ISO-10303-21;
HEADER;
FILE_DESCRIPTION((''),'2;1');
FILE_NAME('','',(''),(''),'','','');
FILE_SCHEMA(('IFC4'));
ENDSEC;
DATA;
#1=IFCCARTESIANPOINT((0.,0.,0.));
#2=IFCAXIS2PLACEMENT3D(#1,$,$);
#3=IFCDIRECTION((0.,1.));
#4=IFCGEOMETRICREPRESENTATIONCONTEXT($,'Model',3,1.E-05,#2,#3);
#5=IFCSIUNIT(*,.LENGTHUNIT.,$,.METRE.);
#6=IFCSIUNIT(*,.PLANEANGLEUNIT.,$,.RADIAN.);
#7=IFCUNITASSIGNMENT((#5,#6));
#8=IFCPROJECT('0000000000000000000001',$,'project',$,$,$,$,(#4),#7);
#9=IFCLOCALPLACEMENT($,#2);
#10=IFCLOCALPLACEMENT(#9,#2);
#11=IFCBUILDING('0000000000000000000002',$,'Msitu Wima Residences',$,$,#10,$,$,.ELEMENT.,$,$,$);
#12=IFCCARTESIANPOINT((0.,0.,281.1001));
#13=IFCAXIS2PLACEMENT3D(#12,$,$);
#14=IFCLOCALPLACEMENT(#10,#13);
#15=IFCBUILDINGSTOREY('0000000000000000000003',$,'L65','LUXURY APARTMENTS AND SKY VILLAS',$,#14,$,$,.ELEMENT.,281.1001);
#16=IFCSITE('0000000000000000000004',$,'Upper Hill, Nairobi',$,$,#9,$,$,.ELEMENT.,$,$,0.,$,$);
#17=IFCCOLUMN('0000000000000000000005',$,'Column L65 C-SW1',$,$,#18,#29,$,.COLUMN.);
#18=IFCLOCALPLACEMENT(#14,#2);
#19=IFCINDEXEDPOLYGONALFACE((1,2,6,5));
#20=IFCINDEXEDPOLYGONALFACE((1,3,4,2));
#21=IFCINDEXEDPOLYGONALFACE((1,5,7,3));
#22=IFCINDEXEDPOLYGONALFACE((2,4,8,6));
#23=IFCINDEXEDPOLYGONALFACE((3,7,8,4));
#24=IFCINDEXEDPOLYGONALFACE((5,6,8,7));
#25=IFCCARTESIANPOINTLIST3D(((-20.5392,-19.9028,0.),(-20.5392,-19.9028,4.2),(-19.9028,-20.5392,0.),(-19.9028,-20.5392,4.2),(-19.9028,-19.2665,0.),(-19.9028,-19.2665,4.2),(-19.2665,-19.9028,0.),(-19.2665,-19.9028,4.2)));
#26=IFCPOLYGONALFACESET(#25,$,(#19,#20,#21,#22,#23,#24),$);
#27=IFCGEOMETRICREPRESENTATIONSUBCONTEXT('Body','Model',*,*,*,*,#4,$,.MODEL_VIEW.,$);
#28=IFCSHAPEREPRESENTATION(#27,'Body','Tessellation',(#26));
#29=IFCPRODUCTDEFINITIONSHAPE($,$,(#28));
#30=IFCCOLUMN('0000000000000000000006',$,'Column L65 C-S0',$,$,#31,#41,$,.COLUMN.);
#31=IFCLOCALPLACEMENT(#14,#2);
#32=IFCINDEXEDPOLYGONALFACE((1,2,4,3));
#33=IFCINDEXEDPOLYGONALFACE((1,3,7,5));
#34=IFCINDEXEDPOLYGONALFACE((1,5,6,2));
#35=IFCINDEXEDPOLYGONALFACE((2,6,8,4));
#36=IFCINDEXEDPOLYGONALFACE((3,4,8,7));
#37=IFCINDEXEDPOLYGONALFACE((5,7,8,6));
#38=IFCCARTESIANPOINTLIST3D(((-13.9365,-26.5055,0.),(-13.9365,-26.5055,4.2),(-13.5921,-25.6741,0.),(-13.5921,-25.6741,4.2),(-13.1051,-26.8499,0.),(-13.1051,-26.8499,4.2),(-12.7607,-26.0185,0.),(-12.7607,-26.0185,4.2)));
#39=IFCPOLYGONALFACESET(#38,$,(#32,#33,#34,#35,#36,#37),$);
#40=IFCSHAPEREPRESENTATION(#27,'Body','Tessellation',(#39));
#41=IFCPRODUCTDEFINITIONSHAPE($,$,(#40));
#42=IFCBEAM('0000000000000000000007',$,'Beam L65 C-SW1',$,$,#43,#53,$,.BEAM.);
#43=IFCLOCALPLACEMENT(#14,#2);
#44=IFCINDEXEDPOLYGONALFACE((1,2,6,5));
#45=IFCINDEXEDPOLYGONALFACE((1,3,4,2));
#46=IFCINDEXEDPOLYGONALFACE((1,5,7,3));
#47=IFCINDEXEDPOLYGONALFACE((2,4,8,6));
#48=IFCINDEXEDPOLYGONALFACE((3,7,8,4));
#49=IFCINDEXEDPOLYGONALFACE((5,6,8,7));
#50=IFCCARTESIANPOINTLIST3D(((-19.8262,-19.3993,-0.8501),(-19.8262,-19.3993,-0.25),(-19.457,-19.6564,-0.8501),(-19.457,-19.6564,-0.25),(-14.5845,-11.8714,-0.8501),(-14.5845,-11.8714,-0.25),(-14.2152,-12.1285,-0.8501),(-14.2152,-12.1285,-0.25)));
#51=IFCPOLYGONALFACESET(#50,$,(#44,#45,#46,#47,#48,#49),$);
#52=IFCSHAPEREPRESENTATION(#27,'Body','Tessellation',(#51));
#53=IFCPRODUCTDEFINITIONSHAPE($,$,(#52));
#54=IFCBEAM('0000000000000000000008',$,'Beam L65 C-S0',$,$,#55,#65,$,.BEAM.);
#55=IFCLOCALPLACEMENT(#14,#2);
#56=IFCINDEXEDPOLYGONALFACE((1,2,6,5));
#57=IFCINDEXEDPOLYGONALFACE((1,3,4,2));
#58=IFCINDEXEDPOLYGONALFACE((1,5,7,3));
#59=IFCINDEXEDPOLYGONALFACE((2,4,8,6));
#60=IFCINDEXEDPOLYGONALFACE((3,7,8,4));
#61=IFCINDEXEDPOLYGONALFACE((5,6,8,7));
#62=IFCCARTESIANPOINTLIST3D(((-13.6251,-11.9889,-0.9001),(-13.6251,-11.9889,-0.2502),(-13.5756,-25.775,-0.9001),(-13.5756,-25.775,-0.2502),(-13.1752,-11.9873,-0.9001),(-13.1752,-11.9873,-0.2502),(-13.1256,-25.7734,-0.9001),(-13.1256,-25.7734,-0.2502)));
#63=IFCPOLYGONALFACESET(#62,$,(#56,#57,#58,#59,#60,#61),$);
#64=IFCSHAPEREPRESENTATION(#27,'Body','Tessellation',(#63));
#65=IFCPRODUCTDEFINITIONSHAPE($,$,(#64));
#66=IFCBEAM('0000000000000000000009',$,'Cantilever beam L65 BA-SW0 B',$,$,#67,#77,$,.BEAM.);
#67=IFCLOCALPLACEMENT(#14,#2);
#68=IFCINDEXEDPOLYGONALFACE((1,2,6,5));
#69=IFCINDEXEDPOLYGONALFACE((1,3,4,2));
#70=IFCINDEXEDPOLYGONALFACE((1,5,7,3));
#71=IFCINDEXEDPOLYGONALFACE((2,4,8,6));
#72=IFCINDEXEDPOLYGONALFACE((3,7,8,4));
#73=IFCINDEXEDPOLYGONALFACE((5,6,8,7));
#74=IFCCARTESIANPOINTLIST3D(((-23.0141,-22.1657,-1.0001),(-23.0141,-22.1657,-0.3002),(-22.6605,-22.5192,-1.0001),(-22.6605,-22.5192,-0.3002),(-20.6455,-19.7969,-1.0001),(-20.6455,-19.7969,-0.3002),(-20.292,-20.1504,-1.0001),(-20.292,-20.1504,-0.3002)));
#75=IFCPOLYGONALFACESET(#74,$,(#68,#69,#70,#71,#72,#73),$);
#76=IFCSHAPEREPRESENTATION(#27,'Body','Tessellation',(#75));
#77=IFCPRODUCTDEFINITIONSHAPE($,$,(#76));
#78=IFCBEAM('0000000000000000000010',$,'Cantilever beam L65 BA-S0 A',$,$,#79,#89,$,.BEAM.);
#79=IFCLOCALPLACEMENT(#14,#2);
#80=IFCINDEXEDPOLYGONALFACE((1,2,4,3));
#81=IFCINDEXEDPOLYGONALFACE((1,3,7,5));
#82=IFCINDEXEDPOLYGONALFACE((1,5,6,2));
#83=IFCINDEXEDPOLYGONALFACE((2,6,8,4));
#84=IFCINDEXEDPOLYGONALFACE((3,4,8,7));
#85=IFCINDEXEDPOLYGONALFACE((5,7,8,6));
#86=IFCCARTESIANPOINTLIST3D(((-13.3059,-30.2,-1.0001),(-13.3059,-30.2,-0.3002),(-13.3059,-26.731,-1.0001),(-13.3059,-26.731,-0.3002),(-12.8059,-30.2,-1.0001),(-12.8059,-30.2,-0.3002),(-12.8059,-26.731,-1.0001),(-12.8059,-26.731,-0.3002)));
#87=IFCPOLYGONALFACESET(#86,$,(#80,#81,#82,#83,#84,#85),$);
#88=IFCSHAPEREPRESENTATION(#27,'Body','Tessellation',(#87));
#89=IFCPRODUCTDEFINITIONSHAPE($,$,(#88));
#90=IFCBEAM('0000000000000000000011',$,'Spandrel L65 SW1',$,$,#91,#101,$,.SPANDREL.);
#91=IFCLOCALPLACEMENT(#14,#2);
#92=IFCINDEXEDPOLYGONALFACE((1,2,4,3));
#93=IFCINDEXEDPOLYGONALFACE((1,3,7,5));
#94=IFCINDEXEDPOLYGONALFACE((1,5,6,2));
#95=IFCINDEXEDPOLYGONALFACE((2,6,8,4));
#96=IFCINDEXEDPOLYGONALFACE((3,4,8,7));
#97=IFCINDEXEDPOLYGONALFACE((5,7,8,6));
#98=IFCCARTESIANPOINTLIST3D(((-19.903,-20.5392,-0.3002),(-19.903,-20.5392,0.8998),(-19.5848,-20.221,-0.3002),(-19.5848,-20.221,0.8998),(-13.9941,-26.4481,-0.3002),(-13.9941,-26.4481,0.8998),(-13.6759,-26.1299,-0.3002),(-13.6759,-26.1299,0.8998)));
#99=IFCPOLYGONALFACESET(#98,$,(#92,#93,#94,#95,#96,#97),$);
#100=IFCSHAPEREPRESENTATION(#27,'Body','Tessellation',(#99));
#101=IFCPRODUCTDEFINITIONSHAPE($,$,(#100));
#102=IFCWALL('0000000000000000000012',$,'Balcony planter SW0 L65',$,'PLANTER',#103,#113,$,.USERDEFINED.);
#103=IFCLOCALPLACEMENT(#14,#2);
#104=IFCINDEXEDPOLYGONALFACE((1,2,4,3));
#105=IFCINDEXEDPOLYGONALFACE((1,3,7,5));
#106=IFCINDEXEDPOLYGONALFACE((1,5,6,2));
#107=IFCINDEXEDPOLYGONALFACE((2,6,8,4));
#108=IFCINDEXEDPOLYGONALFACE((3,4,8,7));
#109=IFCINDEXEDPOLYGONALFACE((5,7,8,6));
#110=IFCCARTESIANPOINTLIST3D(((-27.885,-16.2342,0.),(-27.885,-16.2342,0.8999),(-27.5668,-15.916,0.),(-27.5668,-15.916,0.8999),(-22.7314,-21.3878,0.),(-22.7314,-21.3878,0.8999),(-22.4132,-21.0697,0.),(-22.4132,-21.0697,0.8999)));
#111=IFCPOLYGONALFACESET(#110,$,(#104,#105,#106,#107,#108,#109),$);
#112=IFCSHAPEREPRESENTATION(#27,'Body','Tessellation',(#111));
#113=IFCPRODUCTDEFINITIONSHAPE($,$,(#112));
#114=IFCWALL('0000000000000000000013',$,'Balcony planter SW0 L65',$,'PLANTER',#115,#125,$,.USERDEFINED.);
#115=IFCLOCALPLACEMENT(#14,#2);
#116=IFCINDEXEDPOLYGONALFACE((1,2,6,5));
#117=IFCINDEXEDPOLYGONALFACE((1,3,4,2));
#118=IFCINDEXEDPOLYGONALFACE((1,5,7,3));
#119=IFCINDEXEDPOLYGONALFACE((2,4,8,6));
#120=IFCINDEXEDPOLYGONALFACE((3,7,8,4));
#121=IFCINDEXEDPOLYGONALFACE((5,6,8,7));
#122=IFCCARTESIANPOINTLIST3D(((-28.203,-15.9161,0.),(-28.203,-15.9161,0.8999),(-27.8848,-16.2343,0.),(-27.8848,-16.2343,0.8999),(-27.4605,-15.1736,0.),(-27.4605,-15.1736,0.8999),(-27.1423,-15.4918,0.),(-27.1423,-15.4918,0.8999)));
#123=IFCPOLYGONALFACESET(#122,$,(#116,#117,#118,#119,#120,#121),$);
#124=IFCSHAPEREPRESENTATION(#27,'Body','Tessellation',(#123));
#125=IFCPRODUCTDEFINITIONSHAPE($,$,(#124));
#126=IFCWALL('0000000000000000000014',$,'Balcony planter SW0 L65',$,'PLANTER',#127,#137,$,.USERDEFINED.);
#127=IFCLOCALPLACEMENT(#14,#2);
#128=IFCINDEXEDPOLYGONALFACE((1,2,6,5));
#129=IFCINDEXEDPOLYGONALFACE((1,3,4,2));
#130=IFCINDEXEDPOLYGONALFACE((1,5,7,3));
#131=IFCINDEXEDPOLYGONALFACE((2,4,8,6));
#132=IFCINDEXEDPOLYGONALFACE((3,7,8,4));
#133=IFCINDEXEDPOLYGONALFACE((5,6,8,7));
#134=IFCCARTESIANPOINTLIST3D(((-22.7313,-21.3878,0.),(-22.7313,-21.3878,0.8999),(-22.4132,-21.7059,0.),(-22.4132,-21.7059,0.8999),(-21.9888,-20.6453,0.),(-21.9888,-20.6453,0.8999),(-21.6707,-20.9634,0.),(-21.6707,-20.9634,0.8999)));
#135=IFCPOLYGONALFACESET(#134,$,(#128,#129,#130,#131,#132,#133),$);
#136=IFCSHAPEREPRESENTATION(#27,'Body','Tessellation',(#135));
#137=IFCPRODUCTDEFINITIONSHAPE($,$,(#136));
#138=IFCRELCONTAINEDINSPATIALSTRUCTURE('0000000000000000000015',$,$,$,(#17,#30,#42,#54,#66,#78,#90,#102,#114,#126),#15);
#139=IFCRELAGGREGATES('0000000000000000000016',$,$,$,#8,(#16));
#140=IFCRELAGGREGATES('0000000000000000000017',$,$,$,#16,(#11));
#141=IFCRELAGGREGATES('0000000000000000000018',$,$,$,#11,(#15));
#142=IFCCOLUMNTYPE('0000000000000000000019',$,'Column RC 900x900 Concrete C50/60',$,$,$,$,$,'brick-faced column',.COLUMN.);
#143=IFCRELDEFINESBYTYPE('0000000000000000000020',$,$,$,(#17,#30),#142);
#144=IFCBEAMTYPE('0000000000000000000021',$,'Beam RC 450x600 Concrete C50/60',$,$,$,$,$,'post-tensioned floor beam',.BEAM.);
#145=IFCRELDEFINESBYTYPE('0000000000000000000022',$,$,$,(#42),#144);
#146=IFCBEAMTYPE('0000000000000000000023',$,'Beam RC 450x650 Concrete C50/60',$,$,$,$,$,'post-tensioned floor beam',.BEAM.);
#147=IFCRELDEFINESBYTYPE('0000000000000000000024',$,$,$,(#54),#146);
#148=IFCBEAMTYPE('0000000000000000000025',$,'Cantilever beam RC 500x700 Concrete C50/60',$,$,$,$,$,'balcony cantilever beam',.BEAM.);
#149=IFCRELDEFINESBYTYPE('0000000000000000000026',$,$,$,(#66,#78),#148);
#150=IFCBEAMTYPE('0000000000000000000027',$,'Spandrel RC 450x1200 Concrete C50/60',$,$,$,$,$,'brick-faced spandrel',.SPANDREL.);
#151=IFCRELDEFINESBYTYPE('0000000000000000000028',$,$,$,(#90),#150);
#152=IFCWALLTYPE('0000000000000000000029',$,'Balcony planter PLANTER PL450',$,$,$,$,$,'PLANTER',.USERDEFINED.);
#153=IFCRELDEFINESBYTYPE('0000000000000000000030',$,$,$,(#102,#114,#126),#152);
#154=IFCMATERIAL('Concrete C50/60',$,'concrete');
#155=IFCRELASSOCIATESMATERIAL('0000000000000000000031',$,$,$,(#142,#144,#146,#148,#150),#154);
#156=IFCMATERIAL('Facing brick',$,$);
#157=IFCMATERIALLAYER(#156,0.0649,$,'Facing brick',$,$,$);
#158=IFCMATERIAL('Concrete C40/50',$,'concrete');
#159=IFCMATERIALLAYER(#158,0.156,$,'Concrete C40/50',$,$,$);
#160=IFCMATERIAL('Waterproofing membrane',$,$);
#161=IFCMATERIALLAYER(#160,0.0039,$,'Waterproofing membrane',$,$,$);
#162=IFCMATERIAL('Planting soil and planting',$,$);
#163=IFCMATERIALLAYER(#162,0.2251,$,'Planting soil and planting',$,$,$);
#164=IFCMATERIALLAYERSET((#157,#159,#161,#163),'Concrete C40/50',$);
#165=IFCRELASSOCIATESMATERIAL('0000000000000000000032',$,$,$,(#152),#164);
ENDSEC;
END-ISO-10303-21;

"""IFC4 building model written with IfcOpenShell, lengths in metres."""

from ifc_helpers import new_model, si_unit, direction, frame, frame_2d, origin, origin_2d, place, context, subcontext, project, spatial, rectangle, extrude, material, layer, layer_set, material_profile, profile_set, type_object, element, save


model = new_model("IFC4")

# Units and contexts
model_context = context("Model", 3, precision=1e-05, world=origin(), true_north=direction((0.0, 1.0)))
body_context = subcontext(model_context, "Body", "Model", "MODEL_VIEW")
ifc_project = project(units=[si_unit("LENGTHUNIT", "METRE"), si_unit("PLANEANGLEUNIT", "RADIAN")], contexts=[model_context])

# Site, building, storey
site_placement = place(None, origin())
site = spatial("IfcSite", under=ifc_project, at=site_placement, Name="Upper Hill, Nairobi", CompositionType="ELEMENT", RefElevation=0.0)
building_placement = place(site_placement, origin())
building = spatial("IfcBuilding", under=site, at=building_placement, Name="Msitu Wima Residences", CompositionType="ELEMENT")
storey_placement = place(building_placement, frame((0.0, 0.0, 281.1001)))
storey = spatial("IfcBuildingStorey", under=building, at=storey_placement, Name="L65", Description="LUXURY APARTMENTS AND SKY VILLAS", CompositionType="ELEMENT", Elevation=281.1001)

# Columns
ifc_material_1 = material(Name="Concrete C50/60", Category="concrete")
ifc_material_profile_1 = material_profile(ifc_material_1, rectangle(XDim=0.8999, YDim=0.8999, at=origin_2d()), Name="RC 900x900")
ifc_profile_set_1 = profile_set([ifc_material_profile_1], Name="Concrete C50/60")
column_type = type_object("IfcColumnType", Name="Column RC 900x900 Concrete C50/60", ElementType="brick-faced column", PredefinedType="COLUMN", material=ifc_profile_set_1)
for number, where, z_axis, x_axis, name in (
    (1, (-19.9028, -19.9028, 0.0), (0.0, 0.0, 1.0), (0.707107, -0.707107, 0.0), "Column L65 C-SW1"),
    (2, (-13.3486, -26.262, 0.0), (0.0, 0.0, 1.0), (0.92388, -0.382683, 0.0), "Column L65 C-S0"),
):
    element("IfcColumn", number, at=place(storey_placement, frame(where, z_axis=z_axis, x_axis=x_axis)), inside=storey, type_object=column_type, Name=name, PredefinedType="COLUMN", context=body_context, shape_type="SweptSolid", body=[
        extrude(rectangle(XDim=0.8999, YDim=0.8999, at=origin_2d()), origin(), (0.0, 0.0, 1.0), 4.2),
    ])

# Beams
ifc_material_profile_2 = material_profile(ifc_material_1, rectangle(XDim=0.45, YDim=0.6001, at=origin_2d()), Name="RC 450x600")
ifc_profile_set_2 = profile_set([ifc_material_profile_2], Name="Concrete C50/60")
beam_type_1 = type_object("IfcBeamType", Name="Beam RC 450x600 Concrete C50/60", ElementType="post-tensioned floor beam", PredefinedType="BEAM", material=ifc_profile_set_2)
beam_1_placement = place(storey_placement, frame((-19.6416, -19.5278, -0.55), z_axis=(0.571428, 0.820652, 0.0), x_axis=(-0.820652, 0.571428, 0.0)))
element("IfcBeam", 3, at=beam_1_placement, inside=storey, type_object=beam_type_1, Name="Beam L65 C-SW1", PredefinedType="BEAM", context=body_context, shape_type="SweptSolid", body=[
    extrude(rectangle(XDim=0.45, YDim=0.6001, at=origin_2d()), origin(), (0.0, 0.0, 1.0), 9.1731),
])
ifc_material_profile_3 = material_profile(ifc_material_1, rectangle(XDim=0.45, YDim=0.6499, at=origin_2d()), Name="RC 450x650")
ifc_profile_set_3 = profile_set([ifc_material_profile_3], Name="Concrete C50/60")
beam_type_2 = type_object("IfcBeamType", Name="Beam RC 450x650 Concrete C50/60", ElementType="post-tensioned floor beam", PredefinedType="BEAM", material=ifc_profile_set_3)
beam_2_placement = place(storey_placement, frame((-13.3506, -25.7742, -0.5752), z_axis=(-0.003595, 0.999994, 0.0), x_axis=(-0.999994, -0.003595, 0.0)))
element("IfcBeam", 4, at=beam_2_placement, inside=storey, type_object=beam_type_2, Name="Beam L65 C-S0", PredefinedType="BEAM", context=body_context, shape_type="SweptSolid", body=[
    extrude(rectangle(XDim=0.45, YDim=0.6499, at=origin_2d()), origin(), (0.0, 0.0, 1.0), 13.7861),
])
ifc_material_profile_4 = material_profile(ifc_material_1, rectangle(XDim=0.5, YDim=0.7, at=origin_2d()), Name="RC 500x700")
ifc_profile_set_4 = profile_set([ifc_material_profile_4], Name="Concrete C50/60")
beam_type_3 = type_object("IfcBeamType", Name="Cantilever beam RC 500x700 Concrete C50/60", ElementType="balcony cantilever beam", PredefinedType="BEAM", material=ifc_profile_set_4)
beam_3_placement = place(storey_placement, frame((-20.4688, -19.9736, -0.6501), z_axis=(-0.70707, -0.707143, 0.0), x_axis=(0.707143, -0.70707, 0.0)))
element("IfcBeam", 5, at=beam_3_placement, inside=storey, type_object=beam_type_3, Name="Cantilever beam L65 BA-SW0 B", PredefinedType="BEAM", context=body_context, shape_type="SweptSolid", body=[
    extrude(rectangle(XDim=0.5, YDim=0.7, at=origin_2d()), origin(), (0.0, 0.0, 1.0), 3.3499),
])
beam_4_placement = place(storey_placement, frame((-13.0559, -26.731, -0.6501), z_axis=(0.0, -1.0, 0.0), x_axis=(1.0, 0.0, 0.0)))
element("IfcBeam", 6, at=beam_4_placement, inside=storey, type_object=beam_type_3, Name="Cantilever beam L65 BA-S0 A", PredefinedType="BEAM", context=body_context, shape_type="SweptSolid", body=[
    extrude(rectangle(XDim=0.5, YDim=0.7, at=origin_2d()), origin(), (0.0, 0.0, 1.0), 3.469),
])
ifc_material_profile_5 = material_profile(ifc_material_1, rectangle(XDim=0.45, YDim=1.2, at=origin_2d()), Name="RC 450x1200")
ifc_profile_set_5 = profile_set([ifc_material_profile_5], Name="Concrete C50/60")
beam_type_4 = type_object("IfcBeamType", Name="Spandrel RC 450x1200 Concrete C50/60", ElementType="brick-faced spandrel", PredefinedType="SPANDREL", material=ifc_profile_set_5)
beam_5_placement = place(storey_placement, frame((-19.7439, -20.3801, 0.2998), z_axis=(0.707107, -0.707107, 0.0), x_axis=(0.707107, 0.707107, 0.0)))
element("IfcBeam", 7, at=beam_5_placement, inside=storey, type_object=beam_type_4, Name="Spandrel L65 SW1", PredefinedType="SPANDREL", context=body_context, shape_type="SweptSolid", body=[
    extrude(rectangle(XDim=0.45, YDim=1.2, at=origin_2d()), origin(), (0.0, 0.0, 1.0), 8.3564),
])

# Walls
ifc_material_2 = material(Name="Facing brick")
ifc_layer_1 = layer(ifc_material_2, 0.0649, Name="Facing brick")
ifc_material_3 = material(Name="Concrete C40/50", Category="concrete")
ifc_layer_2 = layer(ifc_material_3, 0.156, Name="Concrete C40/50")
ifc_material_4 = material(Name="Waterproofing membrane")
ifc_layer_3 = layer(ifc_material_4, 0.0039, Name="Waterproofing membrane")
ifc_material_5 = material(Name="Planting soil and planting")
ifc_layer_4 = layer(ifc_material_5, 0.2251, Name="Planting soil and planting")
ifc_layer_set_1 = layer_set([ifc_layer_1, ifc_layer_2, ifc_layer_3, ifc_layer_4], Name="Concrete C40/50")
wall_type_1 = type_object("IfcWallType", Name="Balcony planter PLANTER PL450", ElementType="PLANTER", PredefinedType="USERDEFINED", material=ifc_layer_set_1)
wall_1_placement = place(storey_placement, frame((-27.7258, -16.0752, 0.0), z_axis=(0.0, 0.0, 1.0), x_axis=(0.707107, -0.707107, 0.0)))
element("IfcWall", 8, at=wall_1_placement, inside=storey, type_object=wall_type_1, Name="Balcony planter SW0 L65", ObjectType="PLANTER", PredefinedType="USERDEFINED", context=body_context, shape_type="SweptSolid", body=[
    extrude(rectangle(XDim=7.2883, YDim=0.45, at=frame_2d((3.644, 0.0))), origin(), (0.0, 0.0, 1.0), 0.8999),
])
for number, where, z_axis, x_axis, name in (
    (9, (-27.3015, -15.3328, 0.0), (0.0, 0.0, 1.0), (-0.707107, -0.707107, 0.0), "Balcony planter SW0 L65"),
    (10, (-21.8298, -20.8044, 0.0), (0.0, 0.0, 1.0), (-0.707107, -0.707107, 0.0), "Balcony planter SW0 L65"),
):
    element("IfcWall", number, at=place(storey_placement, frame(where, z_axis=z_axis, x_axis=x_axis)), inside=storey, type_object=wall_type_1, Name=name, ObjectType="PLANTER", PredefinedType="USERDEFINED", context=body_context, shape_type="SweptSolid", body=[
        extrude(rectangle(XDim=1.05, YDim=0.45, at=frame_2d((0.5249, 0.0))), origin(), (0.0, 0.0, 1.0), 0.8999),
    ])

save(model, "model.ifc")
